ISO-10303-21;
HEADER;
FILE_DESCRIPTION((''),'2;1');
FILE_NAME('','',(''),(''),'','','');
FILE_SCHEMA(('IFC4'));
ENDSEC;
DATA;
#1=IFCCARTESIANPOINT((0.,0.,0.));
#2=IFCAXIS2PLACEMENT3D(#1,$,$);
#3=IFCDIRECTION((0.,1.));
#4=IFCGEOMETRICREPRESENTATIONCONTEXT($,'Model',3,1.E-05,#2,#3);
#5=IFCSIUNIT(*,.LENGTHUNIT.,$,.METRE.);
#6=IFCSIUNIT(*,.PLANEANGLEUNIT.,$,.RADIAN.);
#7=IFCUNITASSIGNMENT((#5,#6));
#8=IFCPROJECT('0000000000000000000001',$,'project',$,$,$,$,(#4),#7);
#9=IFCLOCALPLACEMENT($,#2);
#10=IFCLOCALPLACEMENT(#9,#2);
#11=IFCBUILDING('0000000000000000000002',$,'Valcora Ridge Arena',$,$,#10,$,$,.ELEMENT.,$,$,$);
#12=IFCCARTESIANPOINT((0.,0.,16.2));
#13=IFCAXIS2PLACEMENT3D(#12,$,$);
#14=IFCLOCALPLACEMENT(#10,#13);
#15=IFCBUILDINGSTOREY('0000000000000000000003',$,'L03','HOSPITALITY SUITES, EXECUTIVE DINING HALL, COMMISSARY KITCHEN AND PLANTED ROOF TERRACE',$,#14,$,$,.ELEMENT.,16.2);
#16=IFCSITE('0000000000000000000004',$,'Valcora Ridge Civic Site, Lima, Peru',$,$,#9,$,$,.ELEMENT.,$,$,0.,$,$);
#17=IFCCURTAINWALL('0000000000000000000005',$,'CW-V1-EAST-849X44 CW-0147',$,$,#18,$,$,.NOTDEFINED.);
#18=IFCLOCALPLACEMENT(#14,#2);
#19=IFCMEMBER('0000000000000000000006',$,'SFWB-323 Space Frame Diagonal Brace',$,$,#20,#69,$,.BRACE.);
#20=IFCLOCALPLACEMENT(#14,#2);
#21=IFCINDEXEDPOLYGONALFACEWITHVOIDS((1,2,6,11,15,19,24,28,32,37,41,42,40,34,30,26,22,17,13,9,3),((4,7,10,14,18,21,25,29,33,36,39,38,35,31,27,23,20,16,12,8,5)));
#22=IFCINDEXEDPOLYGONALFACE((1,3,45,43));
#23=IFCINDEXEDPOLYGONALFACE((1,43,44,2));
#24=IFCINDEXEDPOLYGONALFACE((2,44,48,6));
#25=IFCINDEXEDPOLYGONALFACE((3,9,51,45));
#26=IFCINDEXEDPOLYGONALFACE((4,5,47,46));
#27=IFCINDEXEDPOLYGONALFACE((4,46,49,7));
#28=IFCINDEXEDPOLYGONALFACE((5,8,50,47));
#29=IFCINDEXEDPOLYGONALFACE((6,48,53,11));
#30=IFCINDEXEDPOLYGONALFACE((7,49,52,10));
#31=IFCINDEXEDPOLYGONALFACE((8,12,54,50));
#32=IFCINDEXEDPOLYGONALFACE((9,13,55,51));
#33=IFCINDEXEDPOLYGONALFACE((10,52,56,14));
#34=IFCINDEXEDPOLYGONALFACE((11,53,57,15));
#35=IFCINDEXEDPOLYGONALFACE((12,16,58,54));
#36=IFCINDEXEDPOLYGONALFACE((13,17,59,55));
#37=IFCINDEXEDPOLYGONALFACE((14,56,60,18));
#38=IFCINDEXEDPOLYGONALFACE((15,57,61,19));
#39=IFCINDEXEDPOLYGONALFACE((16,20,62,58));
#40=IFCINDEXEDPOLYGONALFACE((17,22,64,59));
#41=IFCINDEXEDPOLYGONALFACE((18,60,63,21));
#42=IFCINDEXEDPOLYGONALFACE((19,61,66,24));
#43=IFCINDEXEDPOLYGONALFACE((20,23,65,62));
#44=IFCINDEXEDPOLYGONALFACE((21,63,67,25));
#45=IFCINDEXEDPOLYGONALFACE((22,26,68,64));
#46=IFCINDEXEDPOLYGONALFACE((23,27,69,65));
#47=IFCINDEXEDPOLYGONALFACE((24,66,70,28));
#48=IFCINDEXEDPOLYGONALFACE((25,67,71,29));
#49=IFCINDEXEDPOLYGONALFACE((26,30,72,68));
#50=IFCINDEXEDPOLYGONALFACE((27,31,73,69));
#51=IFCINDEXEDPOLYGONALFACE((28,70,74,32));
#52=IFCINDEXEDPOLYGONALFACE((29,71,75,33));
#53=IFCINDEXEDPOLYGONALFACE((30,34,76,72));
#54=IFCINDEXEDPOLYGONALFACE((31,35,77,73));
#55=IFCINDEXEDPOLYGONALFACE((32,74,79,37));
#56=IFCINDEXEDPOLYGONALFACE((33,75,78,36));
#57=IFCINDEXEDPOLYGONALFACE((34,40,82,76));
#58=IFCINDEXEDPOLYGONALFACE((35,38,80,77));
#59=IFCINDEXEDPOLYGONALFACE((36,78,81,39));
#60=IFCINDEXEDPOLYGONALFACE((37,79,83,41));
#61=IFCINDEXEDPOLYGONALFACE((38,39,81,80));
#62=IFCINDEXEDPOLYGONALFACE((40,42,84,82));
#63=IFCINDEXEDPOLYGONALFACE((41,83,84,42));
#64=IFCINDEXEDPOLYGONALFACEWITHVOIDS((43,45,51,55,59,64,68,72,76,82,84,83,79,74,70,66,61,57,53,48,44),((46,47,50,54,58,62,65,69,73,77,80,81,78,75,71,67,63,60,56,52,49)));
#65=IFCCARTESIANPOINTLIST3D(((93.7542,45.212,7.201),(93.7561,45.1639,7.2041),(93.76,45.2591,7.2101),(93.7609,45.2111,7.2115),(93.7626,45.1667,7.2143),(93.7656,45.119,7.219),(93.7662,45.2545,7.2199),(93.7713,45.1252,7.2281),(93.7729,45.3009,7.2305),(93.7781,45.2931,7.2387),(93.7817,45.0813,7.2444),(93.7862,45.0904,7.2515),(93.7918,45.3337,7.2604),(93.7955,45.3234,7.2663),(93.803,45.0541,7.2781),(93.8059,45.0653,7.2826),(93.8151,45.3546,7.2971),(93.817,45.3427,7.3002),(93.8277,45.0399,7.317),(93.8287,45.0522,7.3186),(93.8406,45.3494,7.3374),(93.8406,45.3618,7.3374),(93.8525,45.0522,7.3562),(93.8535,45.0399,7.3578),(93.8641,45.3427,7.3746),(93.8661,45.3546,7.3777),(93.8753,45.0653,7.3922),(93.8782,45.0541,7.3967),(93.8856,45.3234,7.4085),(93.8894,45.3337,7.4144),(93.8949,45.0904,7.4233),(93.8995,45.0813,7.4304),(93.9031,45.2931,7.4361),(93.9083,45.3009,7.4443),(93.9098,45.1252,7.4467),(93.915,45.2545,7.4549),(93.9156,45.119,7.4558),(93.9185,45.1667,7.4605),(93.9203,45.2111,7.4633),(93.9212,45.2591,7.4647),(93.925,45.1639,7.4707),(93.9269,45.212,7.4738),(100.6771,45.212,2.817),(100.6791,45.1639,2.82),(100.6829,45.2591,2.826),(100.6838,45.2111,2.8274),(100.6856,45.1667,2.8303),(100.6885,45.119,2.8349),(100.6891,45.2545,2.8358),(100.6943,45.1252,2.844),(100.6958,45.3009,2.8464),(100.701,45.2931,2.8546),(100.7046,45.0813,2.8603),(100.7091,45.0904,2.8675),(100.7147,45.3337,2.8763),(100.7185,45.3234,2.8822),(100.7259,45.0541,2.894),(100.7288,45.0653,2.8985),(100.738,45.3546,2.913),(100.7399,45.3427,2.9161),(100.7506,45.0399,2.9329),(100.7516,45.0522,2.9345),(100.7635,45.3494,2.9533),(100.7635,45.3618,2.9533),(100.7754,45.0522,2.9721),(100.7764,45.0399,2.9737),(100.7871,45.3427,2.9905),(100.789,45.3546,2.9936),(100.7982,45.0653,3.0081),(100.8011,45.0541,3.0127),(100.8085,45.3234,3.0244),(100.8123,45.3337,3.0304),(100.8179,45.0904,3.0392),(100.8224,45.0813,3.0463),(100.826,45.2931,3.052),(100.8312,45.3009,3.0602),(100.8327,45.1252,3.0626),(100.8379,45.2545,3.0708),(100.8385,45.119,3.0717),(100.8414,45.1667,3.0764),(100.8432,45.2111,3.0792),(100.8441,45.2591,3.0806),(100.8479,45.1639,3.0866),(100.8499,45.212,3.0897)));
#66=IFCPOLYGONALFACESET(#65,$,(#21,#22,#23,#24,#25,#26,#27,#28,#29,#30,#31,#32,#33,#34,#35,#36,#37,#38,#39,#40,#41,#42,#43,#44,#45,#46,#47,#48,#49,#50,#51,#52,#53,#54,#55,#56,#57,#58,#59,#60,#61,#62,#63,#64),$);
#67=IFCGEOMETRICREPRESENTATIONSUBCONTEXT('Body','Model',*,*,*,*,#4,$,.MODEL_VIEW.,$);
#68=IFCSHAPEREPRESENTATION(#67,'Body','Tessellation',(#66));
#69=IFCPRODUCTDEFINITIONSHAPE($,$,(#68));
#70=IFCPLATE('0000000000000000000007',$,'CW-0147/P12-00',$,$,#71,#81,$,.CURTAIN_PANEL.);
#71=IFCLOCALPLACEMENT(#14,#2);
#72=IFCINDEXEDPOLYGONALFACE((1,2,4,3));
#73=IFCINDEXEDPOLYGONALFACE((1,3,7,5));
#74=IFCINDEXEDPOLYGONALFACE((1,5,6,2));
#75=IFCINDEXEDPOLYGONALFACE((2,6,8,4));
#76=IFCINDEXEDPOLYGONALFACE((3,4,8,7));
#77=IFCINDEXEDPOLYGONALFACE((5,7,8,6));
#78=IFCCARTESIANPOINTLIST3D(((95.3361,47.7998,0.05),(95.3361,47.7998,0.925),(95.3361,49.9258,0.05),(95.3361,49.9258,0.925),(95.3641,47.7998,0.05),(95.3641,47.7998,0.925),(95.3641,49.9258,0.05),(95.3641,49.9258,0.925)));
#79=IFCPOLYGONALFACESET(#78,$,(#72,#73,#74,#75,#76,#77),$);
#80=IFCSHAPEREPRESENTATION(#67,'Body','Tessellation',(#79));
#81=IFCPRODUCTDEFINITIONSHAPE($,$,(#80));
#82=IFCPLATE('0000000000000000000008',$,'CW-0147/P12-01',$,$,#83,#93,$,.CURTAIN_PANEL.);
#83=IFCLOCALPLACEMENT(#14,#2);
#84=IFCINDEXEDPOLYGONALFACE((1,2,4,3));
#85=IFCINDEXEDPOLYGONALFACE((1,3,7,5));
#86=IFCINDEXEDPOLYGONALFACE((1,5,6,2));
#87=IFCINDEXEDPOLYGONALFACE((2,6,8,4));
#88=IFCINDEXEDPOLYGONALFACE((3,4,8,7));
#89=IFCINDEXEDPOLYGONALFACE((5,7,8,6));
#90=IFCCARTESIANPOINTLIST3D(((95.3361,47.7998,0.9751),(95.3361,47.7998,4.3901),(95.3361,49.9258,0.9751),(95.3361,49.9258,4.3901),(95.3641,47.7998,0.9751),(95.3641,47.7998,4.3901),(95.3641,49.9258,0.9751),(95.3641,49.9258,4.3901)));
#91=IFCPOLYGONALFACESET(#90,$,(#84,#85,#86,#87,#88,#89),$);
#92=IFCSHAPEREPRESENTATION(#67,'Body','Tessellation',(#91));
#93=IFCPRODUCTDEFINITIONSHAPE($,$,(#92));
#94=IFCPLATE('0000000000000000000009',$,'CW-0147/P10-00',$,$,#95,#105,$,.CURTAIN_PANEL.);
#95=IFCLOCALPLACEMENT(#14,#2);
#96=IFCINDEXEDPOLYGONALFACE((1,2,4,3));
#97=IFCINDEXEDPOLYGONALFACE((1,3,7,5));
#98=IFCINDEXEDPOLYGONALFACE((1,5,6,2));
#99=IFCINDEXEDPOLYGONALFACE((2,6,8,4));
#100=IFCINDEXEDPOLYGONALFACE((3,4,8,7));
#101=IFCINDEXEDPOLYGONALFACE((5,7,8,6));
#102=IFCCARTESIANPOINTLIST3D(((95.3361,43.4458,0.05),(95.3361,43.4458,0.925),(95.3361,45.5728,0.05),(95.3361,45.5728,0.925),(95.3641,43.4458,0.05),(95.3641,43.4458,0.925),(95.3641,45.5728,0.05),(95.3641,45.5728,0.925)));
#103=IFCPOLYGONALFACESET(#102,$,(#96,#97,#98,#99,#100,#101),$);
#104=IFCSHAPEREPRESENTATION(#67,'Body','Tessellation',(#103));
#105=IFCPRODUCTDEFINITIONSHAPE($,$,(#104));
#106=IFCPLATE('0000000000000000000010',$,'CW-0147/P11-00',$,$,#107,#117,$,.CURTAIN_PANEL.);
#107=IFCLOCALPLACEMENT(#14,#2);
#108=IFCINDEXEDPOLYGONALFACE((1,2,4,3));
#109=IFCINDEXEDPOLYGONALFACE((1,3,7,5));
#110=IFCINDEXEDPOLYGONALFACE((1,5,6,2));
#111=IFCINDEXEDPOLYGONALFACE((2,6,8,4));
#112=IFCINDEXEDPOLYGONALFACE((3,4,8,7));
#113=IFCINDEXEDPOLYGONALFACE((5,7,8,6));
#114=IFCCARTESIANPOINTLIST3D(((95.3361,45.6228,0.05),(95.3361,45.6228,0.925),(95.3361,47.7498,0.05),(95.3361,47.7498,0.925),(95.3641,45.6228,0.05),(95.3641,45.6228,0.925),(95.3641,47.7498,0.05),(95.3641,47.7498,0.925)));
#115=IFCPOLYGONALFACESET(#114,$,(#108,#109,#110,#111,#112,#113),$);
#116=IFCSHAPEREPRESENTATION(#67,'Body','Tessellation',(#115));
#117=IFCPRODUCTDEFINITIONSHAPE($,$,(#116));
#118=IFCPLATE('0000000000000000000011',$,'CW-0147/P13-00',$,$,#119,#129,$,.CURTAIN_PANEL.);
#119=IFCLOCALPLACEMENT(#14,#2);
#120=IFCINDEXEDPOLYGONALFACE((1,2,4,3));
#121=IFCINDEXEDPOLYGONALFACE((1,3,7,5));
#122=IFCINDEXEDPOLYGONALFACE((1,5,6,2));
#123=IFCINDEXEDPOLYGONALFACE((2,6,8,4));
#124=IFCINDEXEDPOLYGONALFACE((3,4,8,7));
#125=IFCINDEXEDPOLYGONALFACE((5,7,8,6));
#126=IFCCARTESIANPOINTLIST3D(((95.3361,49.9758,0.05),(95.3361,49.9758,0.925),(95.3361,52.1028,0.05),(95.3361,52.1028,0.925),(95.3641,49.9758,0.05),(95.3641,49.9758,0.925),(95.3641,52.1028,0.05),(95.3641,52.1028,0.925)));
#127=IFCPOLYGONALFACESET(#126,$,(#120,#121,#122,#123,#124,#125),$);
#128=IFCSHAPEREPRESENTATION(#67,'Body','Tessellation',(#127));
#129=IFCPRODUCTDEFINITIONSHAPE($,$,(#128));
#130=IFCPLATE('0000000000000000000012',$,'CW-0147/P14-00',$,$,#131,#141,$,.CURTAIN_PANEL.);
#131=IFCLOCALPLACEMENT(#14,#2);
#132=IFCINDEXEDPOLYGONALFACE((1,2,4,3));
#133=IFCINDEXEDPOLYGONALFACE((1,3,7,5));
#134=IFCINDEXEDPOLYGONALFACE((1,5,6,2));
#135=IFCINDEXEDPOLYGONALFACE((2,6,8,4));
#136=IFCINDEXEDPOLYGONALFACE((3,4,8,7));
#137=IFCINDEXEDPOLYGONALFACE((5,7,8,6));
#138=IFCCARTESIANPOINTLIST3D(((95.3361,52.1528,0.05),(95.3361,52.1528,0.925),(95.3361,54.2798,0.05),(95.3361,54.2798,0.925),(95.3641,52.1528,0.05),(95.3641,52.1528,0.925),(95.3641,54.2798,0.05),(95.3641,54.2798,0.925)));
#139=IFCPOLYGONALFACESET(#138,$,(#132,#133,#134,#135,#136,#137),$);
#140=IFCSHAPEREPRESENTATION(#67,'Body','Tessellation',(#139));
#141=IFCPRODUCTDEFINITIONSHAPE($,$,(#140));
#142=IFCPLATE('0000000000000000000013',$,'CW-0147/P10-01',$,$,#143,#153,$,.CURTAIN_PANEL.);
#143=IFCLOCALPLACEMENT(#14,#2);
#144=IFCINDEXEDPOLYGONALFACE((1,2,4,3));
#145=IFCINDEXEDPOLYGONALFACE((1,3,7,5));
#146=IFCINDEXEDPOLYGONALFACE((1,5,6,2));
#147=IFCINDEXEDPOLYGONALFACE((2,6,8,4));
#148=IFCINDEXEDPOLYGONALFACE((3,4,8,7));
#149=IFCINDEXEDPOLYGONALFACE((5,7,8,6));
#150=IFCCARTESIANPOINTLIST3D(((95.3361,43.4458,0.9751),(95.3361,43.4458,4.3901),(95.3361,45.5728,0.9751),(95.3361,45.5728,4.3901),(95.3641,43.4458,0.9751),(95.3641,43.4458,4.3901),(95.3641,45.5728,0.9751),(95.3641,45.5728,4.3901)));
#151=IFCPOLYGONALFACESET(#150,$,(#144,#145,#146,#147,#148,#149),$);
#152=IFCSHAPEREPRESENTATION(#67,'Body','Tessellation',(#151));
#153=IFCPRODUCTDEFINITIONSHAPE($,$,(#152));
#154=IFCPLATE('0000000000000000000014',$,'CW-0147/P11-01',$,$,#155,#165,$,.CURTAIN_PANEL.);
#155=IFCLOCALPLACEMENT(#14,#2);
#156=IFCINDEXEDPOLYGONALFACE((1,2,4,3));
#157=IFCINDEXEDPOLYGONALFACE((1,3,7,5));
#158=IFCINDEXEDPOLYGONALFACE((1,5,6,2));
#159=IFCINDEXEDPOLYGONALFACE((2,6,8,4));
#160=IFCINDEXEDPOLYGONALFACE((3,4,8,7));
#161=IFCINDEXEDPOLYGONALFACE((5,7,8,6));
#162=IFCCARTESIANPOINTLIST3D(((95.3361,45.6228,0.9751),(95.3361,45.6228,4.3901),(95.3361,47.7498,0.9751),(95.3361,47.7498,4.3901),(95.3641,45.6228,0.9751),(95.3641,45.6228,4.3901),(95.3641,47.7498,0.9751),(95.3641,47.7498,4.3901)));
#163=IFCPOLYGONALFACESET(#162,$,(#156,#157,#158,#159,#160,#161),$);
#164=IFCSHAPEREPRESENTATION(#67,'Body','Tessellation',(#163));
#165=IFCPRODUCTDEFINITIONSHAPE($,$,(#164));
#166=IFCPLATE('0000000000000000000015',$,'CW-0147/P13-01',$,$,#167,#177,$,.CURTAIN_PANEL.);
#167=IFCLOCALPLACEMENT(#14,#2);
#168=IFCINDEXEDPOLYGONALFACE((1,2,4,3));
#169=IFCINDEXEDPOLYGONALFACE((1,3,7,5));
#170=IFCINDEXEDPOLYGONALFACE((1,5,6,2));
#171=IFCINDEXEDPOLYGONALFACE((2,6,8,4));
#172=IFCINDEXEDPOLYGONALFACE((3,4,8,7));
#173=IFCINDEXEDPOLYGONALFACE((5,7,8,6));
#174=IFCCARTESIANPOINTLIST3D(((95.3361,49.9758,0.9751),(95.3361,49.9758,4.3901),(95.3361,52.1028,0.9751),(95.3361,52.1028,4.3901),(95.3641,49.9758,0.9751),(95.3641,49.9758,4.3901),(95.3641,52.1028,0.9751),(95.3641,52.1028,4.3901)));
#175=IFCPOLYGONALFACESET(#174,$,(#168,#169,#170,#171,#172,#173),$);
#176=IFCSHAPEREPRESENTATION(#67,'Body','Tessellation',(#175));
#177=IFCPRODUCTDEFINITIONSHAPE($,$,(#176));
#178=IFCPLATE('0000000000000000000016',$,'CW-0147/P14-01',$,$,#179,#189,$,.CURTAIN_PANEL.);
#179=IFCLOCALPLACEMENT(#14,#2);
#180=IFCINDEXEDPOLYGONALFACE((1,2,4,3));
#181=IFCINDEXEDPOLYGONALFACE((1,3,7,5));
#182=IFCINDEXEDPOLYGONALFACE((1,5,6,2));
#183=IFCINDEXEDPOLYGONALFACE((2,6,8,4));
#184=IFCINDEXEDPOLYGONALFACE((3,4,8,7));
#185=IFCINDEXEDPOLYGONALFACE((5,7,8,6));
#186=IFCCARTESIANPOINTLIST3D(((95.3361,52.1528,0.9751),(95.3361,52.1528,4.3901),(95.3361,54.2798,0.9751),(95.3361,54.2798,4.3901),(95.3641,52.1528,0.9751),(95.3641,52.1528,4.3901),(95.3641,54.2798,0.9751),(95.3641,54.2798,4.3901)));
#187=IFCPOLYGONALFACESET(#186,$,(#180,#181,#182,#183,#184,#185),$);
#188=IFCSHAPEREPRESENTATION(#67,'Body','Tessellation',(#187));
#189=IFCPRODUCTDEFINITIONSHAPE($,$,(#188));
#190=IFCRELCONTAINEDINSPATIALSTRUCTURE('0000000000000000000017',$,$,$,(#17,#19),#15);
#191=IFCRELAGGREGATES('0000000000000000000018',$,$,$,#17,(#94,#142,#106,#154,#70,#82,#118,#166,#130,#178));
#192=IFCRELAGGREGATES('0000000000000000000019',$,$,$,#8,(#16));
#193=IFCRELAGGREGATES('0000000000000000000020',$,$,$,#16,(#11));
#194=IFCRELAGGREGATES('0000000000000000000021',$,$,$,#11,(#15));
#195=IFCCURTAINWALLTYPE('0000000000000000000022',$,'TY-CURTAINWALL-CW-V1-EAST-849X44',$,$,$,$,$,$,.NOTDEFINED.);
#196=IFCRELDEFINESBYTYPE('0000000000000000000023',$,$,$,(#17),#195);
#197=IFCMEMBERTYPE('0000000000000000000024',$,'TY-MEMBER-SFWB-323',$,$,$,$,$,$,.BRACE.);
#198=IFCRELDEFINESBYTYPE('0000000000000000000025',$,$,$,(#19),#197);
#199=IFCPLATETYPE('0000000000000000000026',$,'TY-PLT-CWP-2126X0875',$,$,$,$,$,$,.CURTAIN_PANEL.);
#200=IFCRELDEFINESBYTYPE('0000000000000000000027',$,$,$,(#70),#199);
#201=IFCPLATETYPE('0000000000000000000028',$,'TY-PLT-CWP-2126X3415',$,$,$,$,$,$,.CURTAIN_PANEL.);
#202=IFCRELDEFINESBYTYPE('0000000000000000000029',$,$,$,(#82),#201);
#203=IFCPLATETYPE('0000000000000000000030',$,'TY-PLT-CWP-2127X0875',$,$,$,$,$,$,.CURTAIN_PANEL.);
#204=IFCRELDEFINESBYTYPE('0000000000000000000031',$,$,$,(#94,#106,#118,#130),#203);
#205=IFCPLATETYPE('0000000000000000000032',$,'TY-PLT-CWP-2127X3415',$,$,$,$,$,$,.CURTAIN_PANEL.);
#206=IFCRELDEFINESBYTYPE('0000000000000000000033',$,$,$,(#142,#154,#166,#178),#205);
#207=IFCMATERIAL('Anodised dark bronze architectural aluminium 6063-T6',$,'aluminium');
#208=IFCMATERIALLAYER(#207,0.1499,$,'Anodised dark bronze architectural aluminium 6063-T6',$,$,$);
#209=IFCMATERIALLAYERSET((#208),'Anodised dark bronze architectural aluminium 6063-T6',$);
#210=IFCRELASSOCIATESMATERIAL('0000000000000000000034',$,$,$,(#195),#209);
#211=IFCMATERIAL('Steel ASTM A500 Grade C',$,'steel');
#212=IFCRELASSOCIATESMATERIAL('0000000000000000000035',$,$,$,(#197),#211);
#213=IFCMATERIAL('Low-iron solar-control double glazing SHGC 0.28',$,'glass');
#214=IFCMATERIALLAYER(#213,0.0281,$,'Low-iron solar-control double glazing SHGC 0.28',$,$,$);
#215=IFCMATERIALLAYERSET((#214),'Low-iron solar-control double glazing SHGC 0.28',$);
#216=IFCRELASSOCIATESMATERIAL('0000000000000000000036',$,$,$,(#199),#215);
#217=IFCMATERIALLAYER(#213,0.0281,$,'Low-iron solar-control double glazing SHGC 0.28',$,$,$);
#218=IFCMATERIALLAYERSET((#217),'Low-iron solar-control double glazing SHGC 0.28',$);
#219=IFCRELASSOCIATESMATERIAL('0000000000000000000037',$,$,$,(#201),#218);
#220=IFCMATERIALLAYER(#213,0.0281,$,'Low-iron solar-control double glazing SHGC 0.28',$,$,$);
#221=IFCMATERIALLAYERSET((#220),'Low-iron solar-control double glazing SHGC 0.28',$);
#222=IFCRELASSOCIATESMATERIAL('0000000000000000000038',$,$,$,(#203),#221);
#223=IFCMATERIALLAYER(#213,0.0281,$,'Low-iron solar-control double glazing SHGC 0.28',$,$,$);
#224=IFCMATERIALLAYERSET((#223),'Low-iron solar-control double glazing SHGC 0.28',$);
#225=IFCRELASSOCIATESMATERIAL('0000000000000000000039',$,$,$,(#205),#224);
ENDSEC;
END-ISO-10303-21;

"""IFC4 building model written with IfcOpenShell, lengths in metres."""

from ifc_helpers import new_model, si_unit, direction, frame, origin, origin_2d, place, context, subcontext, project, spatial, rectangle, hollow_circle, extrude, material, layer, layer_set, material_profile, profile_set, type_object, element, aggregate, save


model = new_model("IFC4")

# Units and contexts
model_context = context("Model", 3, precision=1e-05, world=origin(), true_north=direction((0.0, 1.0)))
body_context = subcontext(model_context, "Body", "Model", "MODEL_VIEW")
ifc_project = project(units=[si_unit("LENGTHUNIT", "METRE"), si_unit("PLANEANGLEUNIT", "RADIAN")], contexts=[model_context])

# Site, building, storey
site_placement = place(None, origin())
site = spatial("IfcSite", under=ifc_project, at=site_placement, Name="Valcora Ridge Civic Site, Lima, Peru", CompositionType="ELEMENT", RefElevation=0.0)
building_placement = place(site_placement, origin())
building = spatial("IfcBuilding", under=site, at=building_placement, Name="Valcora Ridge Arena", CompositionType="ELEMENT")
storey_placement = place(building_placement, frame((0.0, 0.0, 16.2)))
storey = spatial("IfcBuildingStorey", under=building, at=storey_placement, Name="L03", Description="HOSPITALITY SUITES, EXECUTIVE DINING HALL, COMMISSARY KITCHEN AND PLANTED ROOF TERRACE", CompositionType="ELEMENT", Elevation=16.2)

# Curtain wall
ifc_material_1 = material(Name="Anodised dark bronze architectural aluminium 6063-T6", Category="aluminium")
ifc_layer_1 = layer(ifc_material_1, 0.1499, Name="Anodised dark bronze architectural aluminium 6063-T6")
ifc_layer_set_1 = layer_set([ifc_layer_1], Name="Anodised dark bronze architectural aluminium 6063-T6")
curtain_wall_type = type_object("IfcCurtainWallType", Name="TY-CURTAINWALL-CW-V1-EAST-849X44", PredefinedType="NOTDEFINED", material=ifc_layer_set_1)
curtain_wall_placement = place(storey_placement, origin())
curtain_wall = element("IfcCurtainWall", 1, at=curtain_wall_placement, inside=storey, type_object=curtain_wall_type, Name="CW-V1-EAST-849X44 CW-0147", PredefinedType="NOTDEFINED")

# Member
ifc_material_2 = material(Name="Steel ASTM A500 Grade C", Category="steel")
ifc_material_profile_1 = material_profile(ifc_material_2, hollow_circle(Radius=0.1619, WallThickness=0.0125, at=origin_2d()), Name="CHS323X12")
ifc_profile_set_1 = profile_set([ifc_material_profile_1], Name="Steel ASTM A500 Grade C")
member_type_1 = type_object("IfcMemberType", Name="TY-MEMBER-SFWB-323", PredefinedType="BRACE", material=ifc_profile_set_1)
member_1_placement = place(storey_placement, frame((93.8406, 45.2, 7.3374), z_axis=(0.844843, 0.0, -0.535014), x_axis=(0.0, 1.0, 0.0)))
element("IfcMember", 2, at=member_1_placement, inside=storey, type_object=member_type_1, Name="SFWB-323 Space Frame Diagonal Brace", PredefinedType="BRACE", context=body_context, shape_type="SweptSolid", body=[
    extrude(hollow_circle(Radius=0.1619, WallThickness=0.0125, at=origin_2d()), origin(), (0.0, 0.0, 1.0), 8.1943),
])

# Plates
ifc_material_3 = material(Name="Low-iron solar-control double glazing SHGC 0.28", Category="glass")
ifc_layer_2 = layer(ifc_material_3, 0.0281, Name="Low-iron solar-control double glazing SHGC 0.28")
ifc_layer_set_2 = layer_set([ifc_layer_2], Name="Low-iron solar-control double glazing SHGC 0.28")
plate_type_1 = type_object("IfcPlateType", Name="TY-PLT-CWP-2126X0875", PredefinedType="CURTAIN_PANEL", material=ifc_layer_set_2)
plate_1_placement = place(storey_placement, frame((95.3501, 48.8628, 0.05), z_axis=(0.0, 0.0, 1.0), x_axis=(0.0, 1.0, 0.0)))
plate_1 = element("IfcPlate", 3, at=plate_1_placement, type_object=plate_type_1, Name="CW-0147/P12-00", PredefinedType="CURTAIN_PANEL", context=body_context, shape_type="SweptSolid", body=[
    extrude(rectangle(XDim=2.126, YDim=0.0281, at=origin_2d()), origin(), (0.0, 0.0, 1.0), 0.875),
])
ifc_layer_3 = layer(ifc_material_3, 0.0281, Name="Low-iron solar-control double glazing SHGC 0.28")
ifc_layer_set_3 = layer_set([ifc_layer_3], Name="Low-iron solar-control double glazing SHGC 0.28")
plate_type_2 = type_object("IfcPlateType", Name="TY-PLT-CWP-2126X3415", PredefinedType="CURTAIN_PANEL", material=ifc_layer_set_3)
plate_2_placement = place(storey_placement, frame((95.3501, 48.8628, 0.9751), z_axis=(0.0, 0.0, 1.0), x_axis=(0.0, 1.0, 0.0)))
plate_2 = element("IfcPlate", 4, at=plate_2_placement, type_object=plate_type_2, Name="CW-0147/P12-01", PredefinedType="CURTAIN_PANEL", context=body_context, shape_type="SweptSolid", body=[
    extrude(rectangle(XDim=2.126, YDim=0.0281, at=origin_2d()), origin(), (0.0, 0.0, 1.0), 3.415),
])
ifc_layer_4 = layer(ifc_material_3, 0.0281, Name="Low-iron solar-control double glazing SHGC 0.28")
ifc_layer_set_4 = layer_set([ifc_layer_4], Name="Low-iron solar-control double glazing SHGC 0.28")
plate_type_3 = type_object("IfcPlateType", Name="TY-PLT-CWP-2127X0875", PredefinedType="CURTAIN_PANEL", material=ifc_layer_set_4)
plate_3_placement = place(storey_placement, frame((95.3501, 44.5093, 0.05), z_axis=(0.0, 0.0, 1.0), x_axis=(0.0, 1.0, 0.0)))
plate_3 = element("IfcPlate", 5, at=plate_3_placement, type_object=plate_type_3, Name="CW-0147/P10-00", PredefinedType="CURTAIN_PANEL", context=body_context, shape_type="SweptSolid", body=[
    extrude(rectangle(XDim=2.127, YDim=0.0281, at=origin_2d()), origin(), (0.0, 0.0, 1.0), 0.875),
])
plate_4_placement = place(storey_placement, frame((95.3501, 46.6863, 0.05), z_axis=(0.0, 0.0, 1.0), x_axis=(0.0, 1.0, 0.0)))
plate_4 = element("IfcPlate", 6, at=plate_4_placement, type_object=plate_type_3, Name="CW-0147/P11-00", PredefinedType="CURTAIN_PANEL", context=body_context, shape_type="SweptSolid", body=[
    extrude(rectangle(XDim=2.127, YDim=0.0281, at=origin_2d()), origin(), (0.0, 0.0, 1.0), 0.875),
])
plate_5_placement = place(storey_placement, frame((95.3501, 51.0393, 0.05), z_axis=(0.0, 0.0, 1.0), x_axis=(0.0, 1.0, 0.0)))
plate_5 = element("IfcPlate", 7, at=plate_5_placement, type_object=plate_type_3, Name="CW-0147/P13-00", PredefinedType="CURTAIN_PANEL", context=body_context, shape_type="SweptSolid", body=[
    extrude(rectangle(XDim=2.127, YDim=0.0281, at=origin_2d()), origin(), (0.0, 0.0, 1.0), 0.875),
])
plate_6_placement = place(storey_placement, frame((95.3501, 53.2163, 0.05), z_axis=(0.0, 0.0, 1.0), x_axis=(0.0, 1.0, 0.0)))
plate_6 = element("IfcPlate", 8, at=plate_6_placement, type_object=plate_type_3, Name="CW-0147/P14-00", PredefinedType="CURTAIN_PANEL", context=body_context, shape_type="SweptSolid", body=[
    extrude(rectangle(XDim=2.127, YDim=0.0281, at=origin_2d()), origin(), (0.0, 0.0, 1.0), 0.875),
])
ifc_layer_5 = layer(ifc_material_3, 0.0281, Name="Low-iron solar-control double glazing SHGC 0.28")
ifc_layer_set_5 = layer_set([ifc_layer_5], Name="Low-iron solar-control double glazing SHGC 0.28")
plate_type_4 = type_object("IfcPlateType", Name="TY-PLT-CWP-2127X3415", PredefinedType="CURTAIN_PANEL", material=ifc_layer_set_5)
plate_7_placement = place(storey_placement, frame((95.3501, 44.5093, 0.9751), z_axis=(0.0, 0.0, 1.0), x_axis=(0.0, 1.0, 0.0)))
plate_7 = element("IfcPlate", 9, at=plate_7_placement, type_object=plate_type_4, Name="CW-0147/P10-01", PredefinedType="CURTAIN_PANEL", context=body_context, shape_type="SweptSolid", body=[
    extrude(rectangle(XDim=2.127, YDim=0.0281, at=origin_2d()), origin(), (0.0, 0.0, 1.0), 3.415),
])
plate_8_placement = place(storey_placement, frame((95.3501, 46.6863, 0.9751), z_axis=(0.0, 0.0, 1.0), x_axis=(0.0, 1.0, 0.0)))
plate_8 = element("IfcPlate", 10, at=plate_8_placement, type_object=plate_type_4, Name="CW-0147/P11-01", PredefinedType="CURTAIN_PANEL", context=body_context, shape_type="SweptSolid", body=[
    extrude(rectangle(XDim=2.127, YDim=0.0281, at=origin_2d()), origin(), (0.0, 0.0, 1.0), 3.415),
])
plate_9_placement = place(storey_placement, frame((95.3501, 51.0393, 0.9751), z_axis=(0.0, 0.0, 1.0), x_axis=(0.0, 1.0, 0.0)))
plate_9 = element("IfcPlate", 11, at=plate_9_placement, type_object=plate_type_4, Name="CW-0147/P13-01", PredefinedType="CURTAIN_PANEL", context=body_context, shape_type="SweptSolid", body=[
    extrude(rectangle(XDim=2.127, YDim=0.0281, at=origin_2d()), origin(), (0.0, 0.0, 1.0), 3.415),
])
plate_10_placement = place(storey_placement, frame((95.3501, 53.2163, 0.9751), z_axis=(0.0, 0.0, 1.0), x_axis=(0.0, 1.0, 0.0)))
plate_10 = element("IfcPlate", 12, at=plate_10_placement, type_object=plate_type_4, Name="CW-0147/P14-01", PredefinedType="CURTAIN_PANEL", context=body_context, shape_type="SweptSolid", body=[
    extrude(rectangle(XDim=2.127, YDim=0.0281, at=origin_2d()), origin(), (0.0, 0.0, 1.0), 3.415),
])
aggregate(curtain_wall, [plate_3, plate_7, plate_4, plate_8, plate_1, plate_2, plate_5, plate_9, plate_6, plate_10])

save(model, "model.ifc")
